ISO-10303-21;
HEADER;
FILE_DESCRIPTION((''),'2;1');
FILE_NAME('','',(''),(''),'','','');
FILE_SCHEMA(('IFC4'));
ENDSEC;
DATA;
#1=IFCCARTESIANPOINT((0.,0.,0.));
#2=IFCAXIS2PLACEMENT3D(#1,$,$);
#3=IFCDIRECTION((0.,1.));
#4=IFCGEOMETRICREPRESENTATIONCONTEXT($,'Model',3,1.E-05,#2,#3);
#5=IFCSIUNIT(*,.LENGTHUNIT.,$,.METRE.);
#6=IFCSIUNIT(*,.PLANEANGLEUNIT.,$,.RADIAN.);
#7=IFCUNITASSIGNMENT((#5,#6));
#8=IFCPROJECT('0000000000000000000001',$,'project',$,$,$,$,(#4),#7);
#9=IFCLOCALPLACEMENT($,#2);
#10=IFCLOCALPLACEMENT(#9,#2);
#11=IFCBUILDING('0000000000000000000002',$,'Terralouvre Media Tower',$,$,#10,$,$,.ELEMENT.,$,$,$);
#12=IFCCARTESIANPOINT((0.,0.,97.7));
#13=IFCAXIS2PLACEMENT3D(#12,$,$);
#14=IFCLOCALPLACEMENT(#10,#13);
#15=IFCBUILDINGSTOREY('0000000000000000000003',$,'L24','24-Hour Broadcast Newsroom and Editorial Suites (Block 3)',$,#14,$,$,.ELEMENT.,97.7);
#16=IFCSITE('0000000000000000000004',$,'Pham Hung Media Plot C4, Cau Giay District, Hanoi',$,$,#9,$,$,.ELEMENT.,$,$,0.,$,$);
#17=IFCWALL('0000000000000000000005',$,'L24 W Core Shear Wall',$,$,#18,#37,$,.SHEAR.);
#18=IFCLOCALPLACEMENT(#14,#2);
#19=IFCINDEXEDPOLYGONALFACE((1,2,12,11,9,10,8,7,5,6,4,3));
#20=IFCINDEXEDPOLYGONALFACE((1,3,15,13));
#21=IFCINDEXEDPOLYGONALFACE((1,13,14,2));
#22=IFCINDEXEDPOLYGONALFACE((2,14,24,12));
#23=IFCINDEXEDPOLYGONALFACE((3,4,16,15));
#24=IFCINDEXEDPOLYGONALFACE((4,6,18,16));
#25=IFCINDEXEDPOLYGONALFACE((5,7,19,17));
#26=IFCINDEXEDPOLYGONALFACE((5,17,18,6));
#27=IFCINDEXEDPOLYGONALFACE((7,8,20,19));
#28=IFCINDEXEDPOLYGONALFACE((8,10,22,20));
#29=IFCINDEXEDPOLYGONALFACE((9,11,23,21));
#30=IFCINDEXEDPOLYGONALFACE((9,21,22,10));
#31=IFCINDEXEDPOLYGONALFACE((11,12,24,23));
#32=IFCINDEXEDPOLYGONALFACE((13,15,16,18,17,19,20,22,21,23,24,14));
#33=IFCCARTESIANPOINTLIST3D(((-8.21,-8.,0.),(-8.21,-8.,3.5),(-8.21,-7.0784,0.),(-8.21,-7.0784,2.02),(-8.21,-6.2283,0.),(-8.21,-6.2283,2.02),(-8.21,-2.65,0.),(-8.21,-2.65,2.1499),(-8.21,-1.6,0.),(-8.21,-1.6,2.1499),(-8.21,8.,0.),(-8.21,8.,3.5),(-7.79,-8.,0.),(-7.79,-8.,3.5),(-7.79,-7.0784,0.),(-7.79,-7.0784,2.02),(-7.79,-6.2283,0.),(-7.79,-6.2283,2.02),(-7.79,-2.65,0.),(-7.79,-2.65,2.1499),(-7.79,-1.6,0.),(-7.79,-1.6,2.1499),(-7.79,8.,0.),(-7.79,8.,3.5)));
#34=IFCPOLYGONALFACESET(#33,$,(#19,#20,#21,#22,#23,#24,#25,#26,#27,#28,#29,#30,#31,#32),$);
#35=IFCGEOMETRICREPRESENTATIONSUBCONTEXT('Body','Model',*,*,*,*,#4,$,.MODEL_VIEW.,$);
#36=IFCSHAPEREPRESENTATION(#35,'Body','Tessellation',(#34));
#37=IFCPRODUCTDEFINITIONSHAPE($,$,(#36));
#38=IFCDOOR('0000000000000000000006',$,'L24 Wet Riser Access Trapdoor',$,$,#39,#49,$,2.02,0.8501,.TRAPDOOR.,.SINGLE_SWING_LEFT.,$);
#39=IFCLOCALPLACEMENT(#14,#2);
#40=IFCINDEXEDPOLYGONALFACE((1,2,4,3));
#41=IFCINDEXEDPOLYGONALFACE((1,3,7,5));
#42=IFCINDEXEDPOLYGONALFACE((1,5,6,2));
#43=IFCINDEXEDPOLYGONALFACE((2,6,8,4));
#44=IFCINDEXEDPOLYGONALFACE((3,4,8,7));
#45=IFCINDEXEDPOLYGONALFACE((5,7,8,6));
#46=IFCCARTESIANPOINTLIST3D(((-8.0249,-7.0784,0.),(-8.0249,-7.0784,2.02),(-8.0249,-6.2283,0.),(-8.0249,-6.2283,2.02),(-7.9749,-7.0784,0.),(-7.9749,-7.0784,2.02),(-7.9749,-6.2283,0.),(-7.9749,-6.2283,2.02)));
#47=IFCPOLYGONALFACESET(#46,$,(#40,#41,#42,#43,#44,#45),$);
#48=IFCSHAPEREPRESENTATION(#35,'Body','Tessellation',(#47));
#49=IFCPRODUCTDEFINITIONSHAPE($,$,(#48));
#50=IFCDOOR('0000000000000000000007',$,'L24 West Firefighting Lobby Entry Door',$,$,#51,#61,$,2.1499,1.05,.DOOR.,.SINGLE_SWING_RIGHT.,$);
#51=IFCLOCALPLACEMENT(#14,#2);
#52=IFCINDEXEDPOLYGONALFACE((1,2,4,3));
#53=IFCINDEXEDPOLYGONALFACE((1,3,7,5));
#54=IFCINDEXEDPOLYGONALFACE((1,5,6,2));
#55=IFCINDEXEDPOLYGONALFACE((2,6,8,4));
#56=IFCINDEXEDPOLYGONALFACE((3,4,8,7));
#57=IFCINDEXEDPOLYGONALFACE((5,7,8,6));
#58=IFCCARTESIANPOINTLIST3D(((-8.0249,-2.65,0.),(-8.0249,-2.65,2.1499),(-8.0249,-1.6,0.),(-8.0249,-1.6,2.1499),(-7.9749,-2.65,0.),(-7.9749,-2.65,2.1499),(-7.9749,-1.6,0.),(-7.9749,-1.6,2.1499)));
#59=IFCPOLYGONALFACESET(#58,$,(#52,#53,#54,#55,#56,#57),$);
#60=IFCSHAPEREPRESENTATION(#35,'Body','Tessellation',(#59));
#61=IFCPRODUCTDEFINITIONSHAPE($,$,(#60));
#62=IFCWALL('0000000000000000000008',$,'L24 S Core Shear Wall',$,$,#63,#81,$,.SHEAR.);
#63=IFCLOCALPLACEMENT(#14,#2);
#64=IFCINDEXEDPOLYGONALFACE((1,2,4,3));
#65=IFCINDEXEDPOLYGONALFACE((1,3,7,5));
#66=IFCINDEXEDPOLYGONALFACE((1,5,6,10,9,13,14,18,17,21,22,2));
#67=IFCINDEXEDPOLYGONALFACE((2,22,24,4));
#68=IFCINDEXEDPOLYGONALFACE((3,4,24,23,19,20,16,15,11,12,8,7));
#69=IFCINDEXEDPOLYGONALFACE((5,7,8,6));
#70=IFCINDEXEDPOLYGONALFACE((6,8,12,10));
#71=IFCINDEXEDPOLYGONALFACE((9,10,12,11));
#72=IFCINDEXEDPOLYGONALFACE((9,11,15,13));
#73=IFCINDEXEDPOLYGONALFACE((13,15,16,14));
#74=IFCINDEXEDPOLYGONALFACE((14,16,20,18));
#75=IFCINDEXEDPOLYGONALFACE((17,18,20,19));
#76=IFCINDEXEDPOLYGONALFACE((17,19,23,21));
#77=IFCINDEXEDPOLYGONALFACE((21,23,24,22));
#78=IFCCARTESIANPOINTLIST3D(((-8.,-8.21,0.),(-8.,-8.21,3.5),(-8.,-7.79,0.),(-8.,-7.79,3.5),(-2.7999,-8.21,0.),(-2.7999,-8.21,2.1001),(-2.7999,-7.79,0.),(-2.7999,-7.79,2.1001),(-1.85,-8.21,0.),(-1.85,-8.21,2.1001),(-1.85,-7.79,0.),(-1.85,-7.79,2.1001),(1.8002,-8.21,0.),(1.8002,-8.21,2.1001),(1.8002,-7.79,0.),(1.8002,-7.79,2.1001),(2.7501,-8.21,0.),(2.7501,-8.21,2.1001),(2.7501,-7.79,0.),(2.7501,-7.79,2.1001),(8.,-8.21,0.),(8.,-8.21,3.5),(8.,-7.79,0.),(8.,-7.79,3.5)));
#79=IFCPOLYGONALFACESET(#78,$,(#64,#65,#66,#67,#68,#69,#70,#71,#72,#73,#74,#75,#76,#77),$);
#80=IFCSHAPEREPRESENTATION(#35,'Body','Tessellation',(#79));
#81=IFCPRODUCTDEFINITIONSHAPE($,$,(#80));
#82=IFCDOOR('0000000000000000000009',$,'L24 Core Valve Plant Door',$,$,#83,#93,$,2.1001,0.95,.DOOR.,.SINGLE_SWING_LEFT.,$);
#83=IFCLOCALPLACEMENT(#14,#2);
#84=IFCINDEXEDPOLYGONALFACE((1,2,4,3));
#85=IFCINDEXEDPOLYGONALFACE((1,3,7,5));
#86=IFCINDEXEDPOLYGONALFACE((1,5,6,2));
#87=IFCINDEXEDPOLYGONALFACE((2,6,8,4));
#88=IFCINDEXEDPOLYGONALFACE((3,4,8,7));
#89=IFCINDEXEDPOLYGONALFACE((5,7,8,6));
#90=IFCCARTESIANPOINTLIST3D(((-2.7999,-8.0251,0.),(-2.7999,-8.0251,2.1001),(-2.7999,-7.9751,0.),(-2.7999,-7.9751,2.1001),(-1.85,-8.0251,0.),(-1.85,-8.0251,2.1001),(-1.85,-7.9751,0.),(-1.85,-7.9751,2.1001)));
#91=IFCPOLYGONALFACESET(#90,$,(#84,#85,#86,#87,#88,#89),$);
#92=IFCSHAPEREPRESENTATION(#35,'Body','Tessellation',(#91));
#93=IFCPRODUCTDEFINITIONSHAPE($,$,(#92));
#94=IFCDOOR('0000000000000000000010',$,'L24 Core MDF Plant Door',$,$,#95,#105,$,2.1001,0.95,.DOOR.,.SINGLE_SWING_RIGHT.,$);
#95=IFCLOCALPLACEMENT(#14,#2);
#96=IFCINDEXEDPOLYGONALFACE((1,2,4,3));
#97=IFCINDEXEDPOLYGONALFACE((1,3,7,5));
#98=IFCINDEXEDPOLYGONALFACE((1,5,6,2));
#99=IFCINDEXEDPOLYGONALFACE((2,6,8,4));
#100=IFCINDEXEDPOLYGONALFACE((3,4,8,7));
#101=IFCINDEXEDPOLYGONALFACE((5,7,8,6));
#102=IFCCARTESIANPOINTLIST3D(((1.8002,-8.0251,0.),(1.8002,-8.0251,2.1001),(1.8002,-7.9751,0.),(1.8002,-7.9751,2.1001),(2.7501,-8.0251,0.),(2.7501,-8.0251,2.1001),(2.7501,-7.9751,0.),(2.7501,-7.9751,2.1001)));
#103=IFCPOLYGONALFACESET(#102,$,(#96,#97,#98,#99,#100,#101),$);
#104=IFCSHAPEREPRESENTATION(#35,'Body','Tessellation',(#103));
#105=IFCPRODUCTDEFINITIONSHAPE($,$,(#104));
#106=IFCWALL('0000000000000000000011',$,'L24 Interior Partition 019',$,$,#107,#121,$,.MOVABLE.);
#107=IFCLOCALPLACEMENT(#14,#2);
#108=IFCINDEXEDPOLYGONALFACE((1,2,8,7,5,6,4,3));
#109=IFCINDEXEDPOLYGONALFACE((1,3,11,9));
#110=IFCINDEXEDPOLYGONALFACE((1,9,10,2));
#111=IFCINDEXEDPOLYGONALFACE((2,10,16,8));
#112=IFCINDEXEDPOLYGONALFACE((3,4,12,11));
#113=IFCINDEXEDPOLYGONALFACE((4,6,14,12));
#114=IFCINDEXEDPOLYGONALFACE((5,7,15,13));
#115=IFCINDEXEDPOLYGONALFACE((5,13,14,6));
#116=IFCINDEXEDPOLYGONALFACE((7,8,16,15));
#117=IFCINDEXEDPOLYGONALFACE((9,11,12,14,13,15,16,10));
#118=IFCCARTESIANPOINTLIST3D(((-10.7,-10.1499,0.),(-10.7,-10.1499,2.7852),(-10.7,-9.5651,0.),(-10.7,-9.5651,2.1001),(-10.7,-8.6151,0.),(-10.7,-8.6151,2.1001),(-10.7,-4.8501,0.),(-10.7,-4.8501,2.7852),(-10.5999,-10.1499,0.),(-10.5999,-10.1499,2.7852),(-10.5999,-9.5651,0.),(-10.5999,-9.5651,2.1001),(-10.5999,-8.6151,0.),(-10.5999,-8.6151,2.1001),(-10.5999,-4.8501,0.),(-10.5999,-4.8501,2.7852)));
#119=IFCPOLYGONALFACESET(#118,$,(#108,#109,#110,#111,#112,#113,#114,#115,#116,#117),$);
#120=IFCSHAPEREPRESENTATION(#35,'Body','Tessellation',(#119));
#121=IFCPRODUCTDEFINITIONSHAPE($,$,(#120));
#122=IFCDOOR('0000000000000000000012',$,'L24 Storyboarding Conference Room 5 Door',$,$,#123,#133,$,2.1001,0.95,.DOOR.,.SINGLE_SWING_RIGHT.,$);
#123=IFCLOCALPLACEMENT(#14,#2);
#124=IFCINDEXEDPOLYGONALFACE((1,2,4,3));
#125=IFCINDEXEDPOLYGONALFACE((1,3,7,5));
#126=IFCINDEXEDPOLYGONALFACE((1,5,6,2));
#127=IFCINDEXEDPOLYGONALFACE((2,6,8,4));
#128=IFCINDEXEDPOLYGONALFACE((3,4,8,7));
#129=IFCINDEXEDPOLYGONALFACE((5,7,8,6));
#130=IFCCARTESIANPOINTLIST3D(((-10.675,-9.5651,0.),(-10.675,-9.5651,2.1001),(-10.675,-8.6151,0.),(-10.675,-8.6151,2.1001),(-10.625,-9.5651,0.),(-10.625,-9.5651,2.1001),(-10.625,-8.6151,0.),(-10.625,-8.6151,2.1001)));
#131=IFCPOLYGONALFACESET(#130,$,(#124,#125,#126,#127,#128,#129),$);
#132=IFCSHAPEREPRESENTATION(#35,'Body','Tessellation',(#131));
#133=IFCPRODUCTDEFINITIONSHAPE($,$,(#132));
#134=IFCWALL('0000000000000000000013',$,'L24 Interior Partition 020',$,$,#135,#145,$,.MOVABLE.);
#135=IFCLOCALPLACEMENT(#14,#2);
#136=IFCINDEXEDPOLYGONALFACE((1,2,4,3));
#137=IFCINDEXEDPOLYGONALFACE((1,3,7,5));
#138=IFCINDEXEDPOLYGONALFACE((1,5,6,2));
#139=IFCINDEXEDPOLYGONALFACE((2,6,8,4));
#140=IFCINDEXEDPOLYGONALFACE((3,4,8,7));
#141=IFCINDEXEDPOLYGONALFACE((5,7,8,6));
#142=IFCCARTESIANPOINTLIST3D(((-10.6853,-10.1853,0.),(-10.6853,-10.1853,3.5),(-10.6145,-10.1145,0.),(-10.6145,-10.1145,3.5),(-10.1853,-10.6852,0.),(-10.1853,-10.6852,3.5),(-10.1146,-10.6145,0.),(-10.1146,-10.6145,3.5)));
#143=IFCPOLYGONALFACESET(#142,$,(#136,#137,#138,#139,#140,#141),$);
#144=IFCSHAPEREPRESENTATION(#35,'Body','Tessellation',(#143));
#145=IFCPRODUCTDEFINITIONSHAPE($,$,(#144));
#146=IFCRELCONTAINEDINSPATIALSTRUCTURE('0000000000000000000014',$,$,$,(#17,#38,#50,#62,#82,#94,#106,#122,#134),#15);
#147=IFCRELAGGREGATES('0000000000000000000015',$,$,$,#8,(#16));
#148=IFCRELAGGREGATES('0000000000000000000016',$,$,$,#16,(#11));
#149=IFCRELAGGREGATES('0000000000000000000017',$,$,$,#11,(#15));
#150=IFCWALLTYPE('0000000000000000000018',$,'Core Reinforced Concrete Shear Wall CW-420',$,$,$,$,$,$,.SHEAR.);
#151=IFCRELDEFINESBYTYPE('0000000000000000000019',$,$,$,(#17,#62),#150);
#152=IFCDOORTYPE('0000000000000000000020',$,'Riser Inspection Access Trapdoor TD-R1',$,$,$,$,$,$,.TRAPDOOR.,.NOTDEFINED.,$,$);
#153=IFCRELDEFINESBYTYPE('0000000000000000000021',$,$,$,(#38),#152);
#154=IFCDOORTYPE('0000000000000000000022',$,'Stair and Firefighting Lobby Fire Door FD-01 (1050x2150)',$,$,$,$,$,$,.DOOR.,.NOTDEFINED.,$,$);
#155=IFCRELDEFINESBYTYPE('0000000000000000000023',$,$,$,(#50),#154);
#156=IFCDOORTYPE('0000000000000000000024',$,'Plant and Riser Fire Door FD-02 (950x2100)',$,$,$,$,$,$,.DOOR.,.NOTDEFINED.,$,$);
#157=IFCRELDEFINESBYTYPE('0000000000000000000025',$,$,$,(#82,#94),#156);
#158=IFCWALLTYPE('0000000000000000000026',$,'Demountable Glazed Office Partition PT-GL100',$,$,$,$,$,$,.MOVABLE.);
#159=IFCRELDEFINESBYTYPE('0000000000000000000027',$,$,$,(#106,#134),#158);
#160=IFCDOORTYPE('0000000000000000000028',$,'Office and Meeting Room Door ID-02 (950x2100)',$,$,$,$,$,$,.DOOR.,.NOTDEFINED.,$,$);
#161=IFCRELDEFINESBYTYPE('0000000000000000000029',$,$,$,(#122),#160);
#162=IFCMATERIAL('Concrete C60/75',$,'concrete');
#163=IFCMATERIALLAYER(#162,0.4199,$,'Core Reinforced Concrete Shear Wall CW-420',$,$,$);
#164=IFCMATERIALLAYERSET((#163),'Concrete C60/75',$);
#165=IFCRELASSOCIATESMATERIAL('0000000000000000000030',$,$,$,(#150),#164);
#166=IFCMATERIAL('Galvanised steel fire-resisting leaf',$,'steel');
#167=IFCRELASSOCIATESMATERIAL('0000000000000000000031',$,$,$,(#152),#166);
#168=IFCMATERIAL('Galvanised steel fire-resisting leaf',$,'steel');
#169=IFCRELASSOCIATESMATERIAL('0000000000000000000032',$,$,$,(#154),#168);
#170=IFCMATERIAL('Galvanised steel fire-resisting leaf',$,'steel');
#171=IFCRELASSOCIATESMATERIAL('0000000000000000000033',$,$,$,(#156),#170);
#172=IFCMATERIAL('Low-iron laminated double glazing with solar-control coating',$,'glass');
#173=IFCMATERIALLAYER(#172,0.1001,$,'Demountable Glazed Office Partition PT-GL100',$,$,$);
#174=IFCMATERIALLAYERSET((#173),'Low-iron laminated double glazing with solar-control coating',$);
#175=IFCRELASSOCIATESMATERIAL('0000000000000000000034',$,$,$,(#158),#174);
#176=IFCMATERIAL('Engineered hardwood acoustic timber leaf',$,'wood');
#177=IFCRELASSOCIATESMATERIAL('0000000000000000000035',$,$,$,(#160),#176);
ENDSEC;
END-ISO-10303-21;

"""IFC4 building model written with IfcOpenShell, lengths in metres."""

from ifc_helpers import new_model, si_unit, direction, frame, frame_2d, origin, place, context, subcontext, project, spatial, rectangle, extrude, material, layer, layer_set, type_object, element, fill, save


model = new_model("IFC4")

# Units and contexts
model_context = context("Model", 3, precision=1e-05, world=origin(), true_north=direction((0.0, 1.0)))
body_context = subcontext(model_context, "Body", "Model", "MODEL_VIEW")
ifc_project = project(units=[si_unit("LENGTHUNIT", "METRE"), si_unit("PLANEANGLEUNIT", "RADIAN")], contexts=[model_context])

# Site, building, storey
site_placement = place(None, origin())
site = spatial("IfcSite", under=ifc_project, at=site_placement, Name="Pham Hung Media Plot C4, Cau Giay District, Hanoi", CompositionType="ELEMENT", RefElevation=0.0)
building_placement = place(site_placement, origin())
building = spatial("IfcBuilding", under=site, at=building_placement, Name="Terralouvre Media Tower", CompositionType="ELEMENT")
storey_placement = place(building_placement, frame((0.0, 0.0, 97.7)))
storey = spatial("IfcBuildingStorey", under=building, at=storey_placement, Name="L24", Description="24-Hour Broadcast Newsroom and Editorial Suites (Block 3)", CompositionType="ELEMENT", Elevation=97.7)

# Walls, openings, doors
ifc_material_1 = material(Name="Concrete C60/75", Category="concrete")
ifc_layer_1 = layer(ifc_material_1, 0.4199, Name="Core Reinforced Concrete Shear Wall CW-420")
ifc_layer_set_1 = layer_set([ifc_layer_1], Name="Concrete C60/75")
wall_type_1 = type_object("IfcWallType", Name="Core Reinforced Concrete Shear Wall CW-420", PredefinedType="SHEAR", material=ifc_layer_set_1)
wall_1_placement = place(storey_placement, frame((-8.0, -8.0, 0.0), z_axis=(0.0, 0.0, 1.0), x_axis=(0.0, 1.0, 0.0)))
wall_1 = element("IfcWall", 1, at=wall_1_placement, inside=storey, type_object=wall_type_1, Name="L24 W Core Shear Wall", PredefinedType="SHEAR", context=body_context, shape_type="SweptSolid", body=[
    extrude(rectangle(XDim=16.0, YDim=0.4199, at=frame_2d((8.0, 0.0))), origin(), (0.0, 0.0, 1.0), 3.5),
])
opening_1_placement = place(wall_1_placement, frame((0.9216, 0.0, 0.0)))
opening_1 = element("IfcOpeningElement", 2, at=opening_1_placement, cuts=wall_1, PredefinedType="OPENING", context=body_context, shape_type="SweptSolid", body=[
    extrude(rectangle(XDim=0.8501, YDim=2.02, at=frame_2d((0.425, 1.01))), frame((0.0, 0.22, 0.0), z_axis=(0.0, -1.0, 0.0), x_axis=(1.0, 0.0, 0.0)), (0.0, 0.0, 1.0), 0.4399),
])
opening_2_placement = place(wall_1_placement, frame((5.3501, 0.0, 0.0)))
opening_2 = element("IfcOpeningElement", 3, at=opening_2_placement, cuts=wall_1, PredefinedType="OPENING", context=body_context, shape_type="SweptSolid", body=[
    extrude(rectangle(XDim=1.05, YDim=2.1499, at=frame_2d((0.5249, 1.075))), frame((0.0, 0.22, 0.0), z_axis=(0.0, -1.0, 0.0), x_axis=(1.0, 0.0, 0.0)), (0.0, 0.0, 1.0), 0.4399),
])
ifc_material_2 = material(Name="Galvanised steel fire-resisting leaf", Category="steel")
door_type_1 = type_object("IfcDoorType", Name="Riser Inspection Access Trapdoor TD-R1", OperationType="NOTDEFINED", PredefinedType="TRAPDOOR", material=ifc_material_2)
door_1_placement = place(opening_1_placement, origin())
door_1 = element("IfcDoor", 4, at=door_1_placement, inside=storey, type_object=door_type_1, Name="L24 Wet Riser Access Trapdoor", OperationType="SINGLE_SWING_LEFT", OverallHeight=2.02, OverallWidth=0.8501, PredefinedType="TRAPDOOR", context=body_context, shape_type="SweptSolid", body=[
    extrude(rectangle(XDim=0.8501, YDim=2.02, at=frame_2d((0.425, 1.01))), frame((0.0, 0.0249, 0.0), z_axis=(0.0, -1.0, 0.0), x_axis=(1.0, 0.0, 0.0)), (0.0, 0.0, 1.0), 0.05),
])
fill(opening_1, door_1)
ifc_material_3 = material(Name="Galvanised steel fire-resisting leaf", Category="steel")
door_type_2 = type_object("IfcDoorType", Name="Stair and Firefighting Lobby Fire Door FD-01 (1050x2150)", OperationType="NOTDEFINED", PredefinedType="DOOR", material=ifc_material_3)
door_2_placement = place(opening_2_placement, origin())
door_2 = element("IfcDoor", 5, at=door_2_placement, inside=storey, type_object=door_type_2, Name="L24 West Firefighting Lobby Entry Door", OperationType="SINGLE_SWING_RIGHT", OverallHeight=2.1499, OverallWidth=1.05, PredefinedType="DOOR", context=body_context, shape_type="SweptSolid", body=[
    extrude(rectangle(XDim=1.05, YDim=2.1499, at=frame_2d((0.5249, 1.075))), frame((0.0, 0.0249, 0.0), z_axis=(0.0, -1.0, 0.0), x_axis=(1.0, 0.0, 0.0)), (0.0, 0.0, 1.0), 0.05),
])
fill(opening_2, door_2)
wall_2_placement = place(storey_placement, frame((-8.0, -8.0, 0.0), z_axis=(0.0, 0.0, 1.0), x_axis=(1.0, 0.0, 0.0)))
wall_2 = element("IfcWall", 6, at=wall_2_placement, inside=storey, type_object=wall_type_1, Name="L24 S Core Shear Wall", PredefinedType="SHEAR", context=body_context, shape_type="SweptSolid", body=[
    extrude(rectangle(XDim=16.0, YDim=0.4199, at=frame_2d((8.0, 0.0))), origin(), (0.0, 0.0, 1.0), 3.5),
])
opening_3_placement = place(wall_2_placement, frame((5.2, 0.0, 0.0)))
opening_3 = element("IfcOpeningElement", 7, at=opening_3_placement, cuts=wall_2, PredefinedType="OPENING", context=body_context, shape_type="SweptSolid", body=[
    extrude(rectangle(XDim=0.95, YDim=2.1001, at=frame_2d((0.4751, 1.05))), frame((0.0, 0.22, 0.0), z_axis=(0.0, -1.0, 0.0), x_axis=(1.0, 0.0, 0.0)), (0.0, 0.0, 1.0), 0.4399),
])
opening_4_placement = place(wall_2_placement, frame((9.8, 0.0, 0.0)))
opening_4 = element("IfcOpeningElement", 8, at=opening_4_placement, cuts=wall_2, PredefinedType="OPENING", context=body_context, shape_type="SweptSolid", body=[
    extrude(rectangle(XDim=0.95, YDim=2.1001, at=frame_2d((0.4751, 1.05))), frame((0.0, 0.22, 0.0), z_axis=(0.0, -1.0, 0.0), x_axis=(1.0, 0.0, 0.0)), (0.0, 0.0, 1.0), 0.4399),
])
ifc_material_4 = material(Name="Galvanised steel fire-resisting leaf", Category="steel")
door_type_3 = type_object("IfcDoorType", Name="Plant and Riser Fire Door FD-02 (950x2100)", OperationType="NOTDEFINED", PredefinedType="DOOR", material=ifc_material_4)
door_3_placement = place(opening_3_placement, origin())
door_3 = element("IfcDoor", 9, at=door_3_placement, inside=storey, type_object=door_type_3, Name="L24 Core Valve Plant Door", OperationType="SINGLE_SWING_LEFT", OverallHeight=2.1001, OverallWidth=0.95, PredefinedType="DOOR", context=body_context, shape_type="SweptSolid", body=[
    extrude(rectangle(XDim=0.95, YDim=2.1001, at=frame_2d((0.4751, 1.05))), frame((0.0, 0.0249, 0.0), z_axis=(0.0, -1.0, 0.0), x_axis=(1.0, 0.0, 0.0)), (0.0, 0.0, 1.0), 0.05),
])
fill(opening_3, door_3)
door_4_placement = place(opening_4_placement, origin())
door_4 = element("IfcDoor", 10, at=door_4_placement, inside=storey, type_object=door_type_3, Name="L24 Core MDF Plant Door", OperationType="SINGLE_SWING_RIGHT", OverallHeight=2.1001, OverallWidth=0.95, PredefinedType="DOOR", context=body_context, shape_type="SweptSolid", body=[
    extrude(rectangle(XDim=0.95, YDim=2.1001, at=frame_2d((0.4751, 1.05))), frame((0.0, 0.0249, 0.0), z_axis=(0.0, -1.0, 0.0), x_axis=(1.0, 0.0, 0.0)), (0.0, 0.0, 1.0), 0.05),
])
fill(opening_4, door_4)

# Wall, opening, door
ifc_material_5 = material(Name="Low-iron laminated double glazing with solar-control coating", Category="glass")
ifc_layer_2 = layer(ifc_material_5, 0.1001, Name="Demountable Glazed Office Partition PT-GL100")
ifc_layer_set_2 = layer_set([ifc_layer_2], Name="Low-iron laminated double glazing with solar-control coating")
wall_type_2 = type_object("IfcWallType", Name="Demountable Glazed Office Partition PT-GL100", PredefinedType="MOVABLE", material=ifc_layer_set_2)
wall_3_placement = place(storey_placement, frame((-10.6499, -4.8501, 0.0), z_axis=(0.0, 0.0, 1.0), x_axis=(0.0, -1.0, 0.0)))
wall_3 = element("IfcWall", 11, at=wall_3_placement, inside=storey, type_object=wall_type_2, Name="L24 Interior Partition 019", PredefinedType="MOVABLE", context=body_context, shape_type="SweptSolid", body=[
    extrude(rectangle(XDim=5.2998, YDim=0.1001, at=frame_2d((2.6499, 0.0))), origin(), (0.0, 0.0, 1.0), 2.7852),
])
opening_5_placement = place(wall_3_placement, frame((3.7649, 0.0, 0.0)))
opening_5 = element("IfcOpeningElement", 12, at=opening_5_placement, cuts=wall_3, PredefinedType="OPENING", context=body_context, shape_type="SweptSolid", body=[
    extrude(rectangle(XDim=0.95, YDim=2.1001, at=frame_2d((0.4751, 1.05))), frame((0.0, 0.0601, 0.0), z_axis=(0.0, -1.0, 0.0), x_axis=(1.0, 0.0, 0.0)), (0.0, 0.0, 1.0), 0.1201),
])
ifc_material_6 = material(Name="Engineered hardwood acoustic timber leaf", Category="wood")
door_type_4 = type_object("IfcDoorType", Name="Office and Meeting Room Door ID-02 (950x2100)", OperationType="NOTDEFINED", PredefinedType="DOOR", material=ifc_material_6)
door_5_placement = place(opening_5_placement, origin())
door_5 = element("IfcDoor", 13, at=door_5_placement, inside=storey, type_object=door_type_4, Name="L24 Storyboarding Conference Room 5 Door", OperationType="SINGLE_SWING_RIGHT", OverallHeight=2.1001, OverallWidth=0.95, PredefinedType="DOOR", context=body_context, shape_type="SweptSolid", body=[
    extrude(rectangle(XDim=0.95, YDim=2.1001, at=frame_2d((0.4751, 1.05))), frame((0.0, 0.0249, 0.0), z_axis=(0.0, -1.0, 0.0), x_axis=(1.0, 0.0, 0.0)), (0.0, 0.0, 1.0), 0.05),
])
fill(opening_5, door_5)

# Wall
wall_4_placement = place(storey_placement, frame((-10.6499, -10.1499, 0.0), z_axis=(0.0, 0.0, 1.0), x_axis=(0.707107, -0.707107, 0.0)))
element("IfcWall", 14, at=wall_4_placement, inside=storey, type_object=wall_type_2, Name="L24 Interior Partition 020", PredefinedType="MOVABLE", context=body_context, shape_type="SweptSolid", body=[
    extrude(rectangle(XDim=0.707, YDim=0.1001, at=frame_2d((0.3535, 0.0))), origin(), (0.0, 0.0, 1.0), 3.5),
])

save(model, "model.ifc")
